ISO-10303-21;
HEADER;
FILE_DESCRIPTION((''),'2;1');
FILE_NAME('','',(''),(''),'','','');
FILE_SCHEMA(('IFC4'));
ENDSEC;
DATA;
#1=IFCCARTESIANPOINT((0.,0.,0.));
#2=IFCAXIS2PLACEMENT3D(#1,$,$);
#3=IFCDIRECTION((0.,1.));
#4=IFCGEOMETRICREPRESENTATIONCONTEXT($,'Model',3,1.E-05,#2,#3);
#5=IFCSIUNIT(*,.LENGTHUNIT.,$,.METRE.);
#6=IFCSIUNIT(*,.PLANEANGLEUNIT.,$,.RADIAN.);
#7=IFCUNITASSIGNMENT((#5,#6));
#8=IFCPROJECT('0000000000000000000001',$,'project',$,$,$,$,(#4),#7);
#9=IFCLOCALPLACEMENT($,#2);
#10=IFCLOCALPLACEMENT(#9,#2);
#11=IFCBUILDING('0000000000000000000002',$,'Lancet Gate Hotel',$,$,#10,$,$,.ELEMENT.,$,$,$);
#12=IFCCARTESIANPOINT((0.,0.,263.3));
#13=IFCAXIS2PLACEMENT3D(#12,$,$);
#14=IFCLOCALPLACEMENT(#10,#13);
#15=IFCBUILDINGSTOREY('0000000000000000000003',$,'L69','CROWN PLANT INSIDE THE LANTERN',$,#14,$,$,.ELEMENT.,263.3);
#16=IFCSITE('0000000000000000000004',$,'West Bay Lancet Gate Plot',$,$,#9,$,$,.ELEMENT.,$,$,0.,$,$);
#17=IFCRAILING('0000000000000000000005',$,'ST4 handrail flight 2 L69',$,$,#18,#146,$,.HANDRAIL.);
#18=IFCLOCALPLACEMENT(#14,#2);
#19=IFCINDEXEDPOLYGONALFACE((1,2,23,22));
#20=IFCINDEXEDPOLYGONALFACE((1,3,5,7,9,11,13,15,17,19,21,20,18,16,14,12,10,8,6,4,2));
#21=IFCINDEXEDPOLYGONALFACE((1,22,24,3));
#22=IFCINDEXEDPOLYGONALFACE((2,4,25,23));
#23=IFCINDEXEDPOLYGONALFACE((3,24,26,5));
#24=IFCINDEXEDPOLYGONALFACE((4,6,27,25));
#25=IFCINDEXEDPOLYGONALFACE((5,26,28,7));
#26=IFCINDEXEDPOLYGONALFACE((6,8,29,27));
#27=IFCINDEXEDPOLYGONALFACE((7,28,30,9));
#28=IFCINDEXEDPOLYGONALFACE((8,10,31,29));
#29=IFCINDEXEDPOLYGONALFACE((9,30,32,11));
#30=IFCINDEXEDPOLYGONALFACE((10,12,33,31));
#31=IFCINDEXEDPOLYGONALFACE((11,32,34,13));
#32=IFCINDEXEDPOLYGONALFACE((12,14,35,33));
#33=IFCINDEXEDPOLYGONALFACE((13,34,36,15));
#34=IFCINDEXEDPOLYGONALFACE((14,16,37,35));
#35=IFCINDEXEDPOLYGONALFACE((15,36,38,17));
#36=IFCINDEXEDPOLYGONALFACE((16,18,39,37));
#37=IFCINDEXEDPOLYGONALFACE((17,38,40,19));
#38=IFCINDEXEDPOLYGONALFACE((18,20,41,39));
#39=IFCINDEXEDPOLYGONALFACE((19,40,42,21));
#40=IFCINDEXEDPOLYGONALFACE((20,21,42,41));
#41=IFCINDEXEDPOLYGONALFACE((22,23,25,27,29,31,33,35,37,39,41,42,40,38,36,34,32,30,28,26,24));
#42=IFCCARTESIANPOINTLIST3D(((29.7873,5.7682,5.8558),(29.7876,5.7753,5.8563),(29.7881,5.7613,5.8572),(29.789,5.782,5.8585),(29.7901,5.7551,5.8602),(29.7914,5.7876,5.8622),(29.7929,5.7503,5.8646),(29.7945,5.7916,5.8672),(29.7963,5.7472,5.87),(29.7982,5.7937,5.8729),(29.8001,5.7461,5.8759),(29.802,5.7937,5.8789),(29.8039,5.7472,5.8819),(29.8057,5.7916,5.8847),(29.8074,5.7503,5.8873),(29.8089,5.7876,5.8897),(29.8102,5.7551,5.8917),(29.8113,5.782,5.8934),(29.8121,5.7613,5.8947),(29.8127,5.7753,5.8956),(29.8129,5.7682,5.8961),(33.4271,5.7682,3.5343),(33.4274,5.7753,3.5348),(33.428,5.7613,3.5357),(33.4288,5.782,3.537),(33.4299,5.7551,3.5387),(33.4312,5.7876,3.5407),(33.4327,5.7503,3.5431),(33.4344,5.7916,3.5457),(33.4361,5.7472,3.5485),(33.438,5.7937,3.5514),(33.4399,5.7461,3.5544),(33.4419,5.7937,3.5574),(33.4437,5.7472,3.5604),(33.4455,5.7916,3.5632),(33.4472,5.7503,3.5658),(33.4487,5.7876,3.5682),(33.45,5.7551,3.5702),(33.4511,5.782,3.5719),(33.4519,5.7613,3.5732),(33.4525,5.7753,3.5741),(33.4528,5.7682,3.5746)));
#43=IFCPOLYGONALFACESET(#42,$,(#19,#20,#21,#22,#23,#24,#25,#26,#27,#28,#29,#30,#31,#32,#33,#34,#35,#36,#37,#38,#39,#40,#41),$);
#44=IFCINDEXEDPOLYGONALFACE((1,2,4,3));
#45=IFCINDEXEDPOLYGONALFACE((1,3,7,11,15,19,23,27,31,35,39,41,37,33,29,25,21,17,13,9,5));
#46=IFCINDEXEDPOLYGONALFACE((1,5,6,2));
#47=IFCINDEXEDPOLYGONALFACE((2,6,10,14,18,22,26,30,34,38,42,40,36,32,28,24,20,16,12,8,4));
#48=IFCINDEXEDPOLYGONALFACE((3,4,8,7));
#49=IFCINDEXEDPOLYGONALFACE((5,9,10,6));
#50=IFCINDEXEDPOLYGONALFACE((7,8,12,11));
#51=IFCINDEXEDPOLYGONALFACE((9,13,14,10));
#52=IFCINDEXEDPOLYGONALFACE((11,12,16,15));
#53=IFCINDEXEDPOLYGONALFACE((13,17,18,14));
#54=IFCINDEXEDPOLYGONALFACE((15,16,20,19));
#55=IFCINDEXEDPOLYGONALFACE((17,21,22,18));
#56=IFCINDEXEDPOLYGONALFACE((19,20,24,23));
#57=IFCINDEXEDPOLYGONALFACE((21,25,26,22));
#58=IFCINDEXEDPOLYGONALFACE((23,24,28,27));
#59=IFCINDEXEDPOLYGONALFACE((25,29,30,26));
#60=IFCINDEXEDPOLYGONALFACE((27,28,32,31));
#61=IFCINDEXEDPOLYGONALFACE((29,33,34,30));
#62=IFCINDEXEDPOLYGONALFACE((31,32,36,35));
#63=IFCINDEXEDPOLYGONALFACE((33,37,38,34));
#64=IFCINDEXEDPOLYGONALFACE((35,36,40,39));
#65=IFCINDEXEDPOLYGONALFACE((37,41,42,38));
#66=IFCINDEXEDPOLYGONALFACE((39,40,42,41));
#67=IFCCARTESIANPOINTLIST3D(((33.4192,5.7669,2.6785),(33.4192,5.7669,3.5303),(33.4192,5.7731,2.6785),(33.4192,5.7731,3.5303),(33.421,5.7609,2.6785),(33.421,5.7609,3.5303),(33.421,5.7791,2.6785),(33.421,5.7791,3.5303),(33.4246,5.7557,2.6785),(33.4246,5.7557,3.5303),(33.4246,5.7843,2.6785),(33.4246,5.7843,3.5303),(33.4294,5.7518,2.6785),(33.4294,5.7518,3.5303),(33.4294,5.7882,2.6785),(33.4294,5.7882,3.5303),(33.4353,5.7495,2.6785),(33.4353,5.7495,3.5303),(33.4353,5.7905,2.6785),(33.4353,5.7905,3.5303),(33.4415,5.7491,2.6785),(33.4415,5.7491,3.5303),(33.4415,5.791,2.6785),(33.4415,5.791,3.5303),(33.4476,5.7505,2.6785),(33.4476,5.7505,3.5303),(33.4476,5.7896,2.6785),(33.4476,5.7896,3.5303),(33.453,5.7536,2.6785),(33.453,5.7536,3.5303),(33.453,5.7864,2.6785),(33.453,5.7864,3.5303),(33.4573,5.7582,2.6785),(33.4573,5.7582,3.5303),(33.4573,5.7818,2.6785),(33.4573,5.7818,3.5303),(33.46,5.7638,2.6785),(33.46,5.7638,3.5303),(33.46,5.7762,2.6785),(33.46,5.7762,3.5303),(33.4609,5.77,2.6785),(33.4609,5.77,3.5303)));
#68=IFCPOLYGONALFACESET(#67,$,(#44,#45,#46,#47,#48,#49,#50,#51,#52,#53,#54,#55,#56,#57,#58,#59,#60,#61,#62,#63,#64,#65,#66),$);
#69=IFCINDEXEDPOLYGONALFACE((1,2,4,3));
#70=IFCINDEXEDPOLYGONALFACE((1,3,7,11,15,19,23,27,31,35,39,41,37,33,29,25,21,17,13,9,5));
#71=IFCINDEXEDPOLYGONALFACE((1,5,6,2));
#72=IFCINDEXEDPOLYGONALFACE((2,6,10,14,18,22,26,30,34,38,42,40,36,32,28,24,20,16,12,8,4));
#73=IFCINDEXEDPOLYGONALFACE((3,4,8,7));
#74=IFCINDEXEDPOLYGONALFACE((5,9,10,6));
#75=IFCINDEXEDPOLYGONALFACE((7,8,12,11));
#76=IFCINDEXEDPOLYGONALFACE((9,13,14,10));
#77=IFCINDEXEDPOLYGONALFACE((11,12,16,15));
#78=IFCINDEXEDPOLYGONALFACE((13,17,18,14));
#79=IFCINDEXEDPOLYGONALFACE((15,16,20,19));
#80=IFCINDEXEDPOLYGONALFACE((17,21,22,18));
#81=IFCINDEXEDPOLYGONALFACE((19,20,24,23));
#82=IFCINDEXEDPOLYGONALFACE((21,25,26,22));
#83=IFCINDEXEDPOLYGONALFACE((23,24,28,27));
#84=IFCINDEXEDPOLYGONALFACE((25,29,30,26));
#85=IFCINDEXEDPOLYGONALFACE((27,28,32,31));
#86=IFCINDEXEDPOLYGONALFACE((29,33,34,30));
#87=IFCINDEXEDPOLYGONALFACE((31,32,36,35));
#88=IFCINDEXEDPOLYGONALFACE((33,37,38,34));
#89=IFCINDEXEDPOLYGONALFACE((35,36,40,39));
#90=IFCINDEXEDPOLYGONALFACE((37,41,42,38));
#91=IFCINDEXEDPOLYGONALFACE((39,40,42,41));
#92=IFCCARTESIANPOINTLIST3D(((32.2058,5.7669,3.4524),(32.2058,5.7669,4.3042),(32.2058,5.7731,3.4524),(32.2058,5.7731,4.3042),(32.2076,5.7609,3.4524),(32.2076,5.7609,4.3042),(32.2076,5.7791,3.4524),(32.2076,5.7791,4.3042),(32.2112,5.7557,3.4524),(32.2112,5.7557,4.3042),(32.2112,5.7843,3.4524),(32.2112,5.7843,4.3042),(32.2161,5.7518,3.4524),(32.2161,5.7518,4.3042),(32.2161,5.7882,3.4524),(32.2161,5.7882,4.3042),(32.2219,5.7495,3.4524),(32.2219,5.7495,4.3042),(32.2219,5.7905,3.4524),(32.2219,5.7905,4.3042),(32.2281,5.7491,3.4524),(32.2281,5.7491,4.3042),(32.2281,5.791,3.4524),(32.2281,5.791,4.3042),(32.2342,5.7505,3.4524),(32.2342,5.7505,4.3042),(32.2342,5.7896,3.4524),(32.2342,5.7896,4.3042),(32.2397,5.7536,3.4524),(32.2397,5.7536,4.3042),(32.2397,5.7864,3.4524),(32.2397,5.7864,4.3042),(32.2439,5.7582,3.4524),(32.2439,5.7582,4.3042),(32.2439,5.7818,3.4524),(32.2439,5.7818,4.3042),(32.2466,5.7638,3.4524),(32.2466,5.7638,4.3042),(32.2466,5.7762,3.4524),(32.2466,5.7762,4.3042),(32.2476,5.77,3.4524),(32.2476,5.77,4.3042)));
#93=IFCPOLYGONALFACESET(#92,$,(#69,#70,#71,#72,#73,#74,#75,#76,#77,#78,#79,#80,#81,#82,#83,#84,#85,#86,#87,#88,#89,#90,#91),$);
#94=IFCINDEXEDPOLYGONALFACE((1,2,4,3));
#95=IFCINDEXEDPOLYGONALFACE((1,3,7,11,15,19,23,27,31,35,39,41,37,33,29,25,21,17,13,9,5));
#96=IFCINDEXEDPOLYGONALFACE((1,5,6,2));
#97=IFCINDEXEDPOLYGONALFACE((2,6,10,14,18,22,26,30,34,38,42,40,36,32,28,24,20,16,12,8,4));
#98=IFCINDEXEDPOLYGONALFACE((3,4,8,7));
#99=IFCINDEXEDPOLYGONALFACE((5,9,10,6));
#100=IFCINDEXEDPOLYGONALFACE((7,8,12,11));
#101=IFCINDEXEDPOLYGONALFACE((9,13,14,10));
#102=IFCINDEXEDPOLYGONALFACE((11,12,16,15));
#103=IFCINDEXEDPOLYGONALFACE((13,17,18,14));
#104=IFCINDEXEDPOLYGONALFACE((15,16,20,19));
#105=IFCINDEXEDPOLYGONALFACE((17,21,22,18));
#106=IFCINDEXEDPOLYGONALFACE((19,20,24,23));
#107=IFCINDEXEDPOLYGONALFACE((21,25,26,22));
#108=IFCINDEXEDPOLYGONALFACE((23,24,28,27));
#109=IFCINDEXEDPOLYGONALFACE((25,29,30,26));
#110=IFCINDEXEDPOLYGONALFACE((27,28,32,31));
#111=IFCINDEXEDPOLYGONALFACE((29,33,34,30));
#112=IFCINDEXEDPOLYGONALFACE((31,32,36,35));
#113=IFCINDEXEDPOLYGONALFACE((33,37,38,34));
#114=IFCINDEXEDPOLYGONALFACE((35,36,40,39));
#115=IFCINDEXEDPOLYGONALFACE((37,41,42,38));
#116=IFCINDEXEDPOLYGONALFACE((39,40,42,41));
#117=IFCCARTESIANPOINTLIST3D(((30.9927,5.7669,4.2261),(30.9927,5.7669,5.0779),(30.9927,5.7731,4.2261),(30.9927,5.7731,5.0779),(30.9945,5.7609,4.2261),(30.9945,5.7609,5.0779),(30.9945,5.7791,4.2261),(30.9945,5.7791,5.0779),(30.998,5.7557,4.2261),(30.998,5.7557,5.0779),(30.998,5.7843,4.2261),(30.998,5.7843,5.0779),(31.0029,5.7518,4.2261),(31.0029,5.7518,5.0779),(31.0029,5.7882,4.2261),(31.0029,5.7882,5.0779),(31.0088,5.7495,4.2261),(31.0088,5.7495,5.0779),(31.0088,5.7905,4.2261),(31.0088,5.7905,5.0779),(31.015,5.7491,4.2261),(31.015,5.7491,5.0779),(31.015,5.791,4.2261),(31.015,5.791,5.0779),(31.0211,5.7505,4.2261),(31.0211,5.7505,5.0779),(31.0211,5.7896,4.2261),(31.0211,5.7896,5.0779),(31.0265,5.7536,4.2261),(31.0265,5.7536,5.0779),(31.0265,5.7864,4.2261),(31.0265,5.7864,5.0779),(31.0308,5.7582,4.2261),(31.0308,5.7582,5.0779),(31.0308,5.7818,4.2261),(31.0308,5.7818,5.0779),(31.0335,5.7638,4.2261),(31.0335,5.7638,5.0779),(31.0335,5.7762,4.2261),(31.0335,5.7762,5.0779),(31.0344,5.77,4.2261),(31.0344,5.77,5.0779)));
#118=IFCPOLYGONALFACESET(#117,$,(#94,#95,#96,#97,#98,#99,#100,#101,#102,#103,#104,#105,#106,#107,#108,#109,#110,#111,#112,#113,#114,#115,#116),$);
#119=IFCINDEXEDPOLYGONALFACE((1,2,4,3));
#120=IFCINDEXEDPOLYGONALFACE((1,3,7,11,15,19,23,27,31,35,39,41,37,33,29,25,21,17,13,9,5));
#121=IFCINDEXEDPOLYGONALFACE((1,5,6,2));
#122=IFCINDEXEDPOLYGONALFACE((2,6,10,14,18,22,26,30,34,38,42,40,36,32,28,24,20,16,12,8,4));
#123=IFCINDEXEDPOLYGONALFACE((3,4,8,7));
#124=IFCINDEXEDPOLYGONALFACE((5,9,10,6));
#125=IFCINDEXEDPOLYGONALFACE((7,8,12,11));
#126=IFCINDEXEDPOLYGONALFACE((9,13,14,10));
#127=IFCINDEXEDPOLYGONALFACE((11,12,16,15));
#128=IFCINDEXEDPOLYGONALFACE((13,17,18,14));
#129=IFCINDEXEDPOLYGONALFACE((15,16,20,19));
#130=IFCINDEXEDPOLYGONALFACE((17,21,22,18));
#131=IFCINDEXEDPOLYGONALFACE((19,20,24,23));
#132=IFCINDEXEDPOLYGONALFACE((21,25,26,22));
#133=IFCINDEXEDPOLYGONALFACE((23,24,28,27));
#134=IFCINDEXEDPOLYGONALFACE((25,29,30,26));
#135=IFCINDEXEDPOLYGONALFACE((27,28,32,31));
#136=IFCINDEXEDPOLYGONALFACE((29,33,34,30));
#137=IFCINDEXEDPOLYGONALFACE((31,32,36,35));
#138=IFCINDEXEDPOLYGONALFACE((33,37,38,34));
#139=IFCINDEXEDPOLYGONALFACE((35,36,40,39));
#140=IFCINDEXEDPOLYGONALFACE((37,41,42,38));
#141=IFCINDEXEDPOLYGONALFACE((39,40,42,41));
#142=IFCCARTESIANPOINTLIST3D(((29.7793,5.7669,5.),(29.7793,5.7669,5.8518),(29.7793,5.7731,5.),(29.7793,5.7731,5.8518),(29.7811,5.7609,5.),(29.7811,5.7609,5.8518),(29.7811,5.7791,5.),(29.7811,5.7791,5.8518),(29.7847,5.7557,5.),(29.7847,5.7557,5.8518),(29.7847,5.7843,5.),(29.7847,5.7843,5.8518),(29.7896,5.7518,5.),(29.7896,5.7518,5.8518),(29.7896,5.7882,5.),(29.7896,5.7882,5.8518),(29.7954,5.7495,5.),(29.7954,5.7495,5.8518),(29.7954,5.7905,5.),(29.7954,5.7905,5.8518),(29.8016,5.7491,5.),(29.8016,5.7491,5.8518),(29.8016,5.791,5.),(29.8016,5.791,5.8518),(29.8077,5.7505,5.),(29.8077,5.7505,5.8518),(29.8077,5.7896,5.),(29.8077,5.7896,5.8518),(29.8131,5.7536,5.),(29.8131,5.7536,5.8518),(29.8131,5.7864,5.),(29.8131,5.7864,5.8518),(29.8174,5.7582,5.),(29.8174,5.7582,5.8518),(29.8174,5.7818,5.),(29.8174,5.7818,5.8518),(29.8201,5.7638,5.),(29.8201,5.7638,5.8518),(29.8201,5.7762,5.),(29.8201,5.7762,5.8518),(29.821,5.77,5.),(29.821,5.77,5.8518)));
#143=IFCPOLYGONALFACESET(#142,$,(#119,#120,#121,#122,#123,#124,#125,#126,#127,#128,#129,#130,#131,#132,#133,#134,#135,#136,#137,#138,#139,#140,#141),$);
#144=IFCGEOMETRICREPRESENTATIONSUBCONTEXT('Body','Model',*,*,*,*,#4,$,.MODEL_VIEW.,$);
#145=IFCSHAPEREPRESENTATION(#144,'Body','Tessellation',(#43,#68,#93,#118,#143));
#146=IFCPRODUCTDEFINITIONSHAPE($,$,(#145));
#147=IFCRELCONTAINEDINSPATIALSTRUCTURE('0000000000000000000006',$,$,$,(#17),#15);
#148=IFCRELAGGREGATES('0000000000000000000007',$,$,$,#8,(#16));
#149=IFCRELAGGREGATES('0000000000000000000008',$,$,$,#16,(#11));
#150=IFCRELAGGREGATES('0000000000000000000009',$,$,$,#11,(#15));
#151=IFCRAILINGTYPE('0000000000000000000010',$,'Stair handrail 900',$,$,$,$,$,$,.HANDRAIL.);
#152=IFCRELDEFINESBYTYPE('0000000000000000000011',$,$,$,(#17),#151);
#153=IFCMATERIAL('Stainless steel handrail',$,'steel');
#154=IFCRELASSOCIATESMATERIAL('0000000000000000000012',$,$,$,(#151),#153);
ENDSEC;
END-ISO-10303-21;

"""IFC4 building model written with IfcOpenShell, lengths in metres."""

from ifc_helpers import new_model, si_unit, direction, frame, origin, origin_2d, place, context, subcontext, project, spatial, circle, extrude, material, type_object, element, save


model = new_model("IFC4")

# Units and contexts
model_context = context("Model", 3, precision=1e-05, world=origin(), true_north=direction((0.0, 1.0)))
body_context = subcontext(model_context, "Body", "Model", "MODEL_VIEW")
ifc_project = project(units=[si_unit("LENGTHUNIT", "METRE"), si_unit("PLANEANGLEUNIT", "RADIAN")], contexts=[model_context])

# Site, building, storey
site_placement = place(None, origin())
site = spatial("IfcSite", under=ifc_project, at=site_placement, Name="West Bay Lancet Gate Plot", CompositionType="ELEMENT", RefElevation=0.0)
building_placement = place(site_placement, origin())
building = spatial("IfcBuilding", under=site, at=building_placement, Name="Lancet Gate Hotel", CompositionType="ELEMENT")
storey_placement = place(building_placement, frame((0.0, 0.0, 263.3)))
storey = spatial("IfcBuildingStorey", under=building, at=storey_placement, Name="L69", Description="CROWN PLANT INSIDE THE LANTERN", CompositionType="ELEMENT", Elevation=263.3)

# Railing
ifc_material_1 = material(Name="Stainless steel handrail", Category="steel")
railing_type = type_object("IfcRailingType", Name="Stair handrail 900", PredefinedType="HANDRAIL", material=ifc_material_1)
railing_1_placement = place(storey_placement, frame((33.4399, 5.77, 2.6785)))
element("IfcRailing", 1, at=railing_1_placement, inside=storey, type_object=railing_type, Name="ST4 handrail flight 2 L69", PredefinedType="HANDRAIL", context=body_context, shape_type="SweptSolid", body=[
    extrude(circle(Radius=0.0239, at=origin_2d()), frame((0.0, 0.0, 0.876), z_axis=(-0.843112, 0.0, 0.537739), x_axis=(0.0, -1.0, 0.0)), (0.0, 0.0, 1.0), 4.3171),
    extrude(circle(Radius=0.021, at=origin_2d()), origin(), (0.0, 0.0, 1.0), 0.8518),
    extrude(circle(Radius=0.021, at=origin_2d()), frame((-1.2134, 0.0, 0.7739)), (0.0, 0.0, 1.0), 0.8518),
    extrude(circle(Radius=0.021, at=origin_2d()), frame((-2.4265, 0.0, 1.5476)), (0.0, 0.0, 1.0), 0.8518),
    extrude(circle(Radius=0.021, at=origin_2d()), frame((-3.6399, 0.0, 2.3215)), (0.0, 0.0, 1.0), 0.8518),
])

save(model, "model.ifc")
